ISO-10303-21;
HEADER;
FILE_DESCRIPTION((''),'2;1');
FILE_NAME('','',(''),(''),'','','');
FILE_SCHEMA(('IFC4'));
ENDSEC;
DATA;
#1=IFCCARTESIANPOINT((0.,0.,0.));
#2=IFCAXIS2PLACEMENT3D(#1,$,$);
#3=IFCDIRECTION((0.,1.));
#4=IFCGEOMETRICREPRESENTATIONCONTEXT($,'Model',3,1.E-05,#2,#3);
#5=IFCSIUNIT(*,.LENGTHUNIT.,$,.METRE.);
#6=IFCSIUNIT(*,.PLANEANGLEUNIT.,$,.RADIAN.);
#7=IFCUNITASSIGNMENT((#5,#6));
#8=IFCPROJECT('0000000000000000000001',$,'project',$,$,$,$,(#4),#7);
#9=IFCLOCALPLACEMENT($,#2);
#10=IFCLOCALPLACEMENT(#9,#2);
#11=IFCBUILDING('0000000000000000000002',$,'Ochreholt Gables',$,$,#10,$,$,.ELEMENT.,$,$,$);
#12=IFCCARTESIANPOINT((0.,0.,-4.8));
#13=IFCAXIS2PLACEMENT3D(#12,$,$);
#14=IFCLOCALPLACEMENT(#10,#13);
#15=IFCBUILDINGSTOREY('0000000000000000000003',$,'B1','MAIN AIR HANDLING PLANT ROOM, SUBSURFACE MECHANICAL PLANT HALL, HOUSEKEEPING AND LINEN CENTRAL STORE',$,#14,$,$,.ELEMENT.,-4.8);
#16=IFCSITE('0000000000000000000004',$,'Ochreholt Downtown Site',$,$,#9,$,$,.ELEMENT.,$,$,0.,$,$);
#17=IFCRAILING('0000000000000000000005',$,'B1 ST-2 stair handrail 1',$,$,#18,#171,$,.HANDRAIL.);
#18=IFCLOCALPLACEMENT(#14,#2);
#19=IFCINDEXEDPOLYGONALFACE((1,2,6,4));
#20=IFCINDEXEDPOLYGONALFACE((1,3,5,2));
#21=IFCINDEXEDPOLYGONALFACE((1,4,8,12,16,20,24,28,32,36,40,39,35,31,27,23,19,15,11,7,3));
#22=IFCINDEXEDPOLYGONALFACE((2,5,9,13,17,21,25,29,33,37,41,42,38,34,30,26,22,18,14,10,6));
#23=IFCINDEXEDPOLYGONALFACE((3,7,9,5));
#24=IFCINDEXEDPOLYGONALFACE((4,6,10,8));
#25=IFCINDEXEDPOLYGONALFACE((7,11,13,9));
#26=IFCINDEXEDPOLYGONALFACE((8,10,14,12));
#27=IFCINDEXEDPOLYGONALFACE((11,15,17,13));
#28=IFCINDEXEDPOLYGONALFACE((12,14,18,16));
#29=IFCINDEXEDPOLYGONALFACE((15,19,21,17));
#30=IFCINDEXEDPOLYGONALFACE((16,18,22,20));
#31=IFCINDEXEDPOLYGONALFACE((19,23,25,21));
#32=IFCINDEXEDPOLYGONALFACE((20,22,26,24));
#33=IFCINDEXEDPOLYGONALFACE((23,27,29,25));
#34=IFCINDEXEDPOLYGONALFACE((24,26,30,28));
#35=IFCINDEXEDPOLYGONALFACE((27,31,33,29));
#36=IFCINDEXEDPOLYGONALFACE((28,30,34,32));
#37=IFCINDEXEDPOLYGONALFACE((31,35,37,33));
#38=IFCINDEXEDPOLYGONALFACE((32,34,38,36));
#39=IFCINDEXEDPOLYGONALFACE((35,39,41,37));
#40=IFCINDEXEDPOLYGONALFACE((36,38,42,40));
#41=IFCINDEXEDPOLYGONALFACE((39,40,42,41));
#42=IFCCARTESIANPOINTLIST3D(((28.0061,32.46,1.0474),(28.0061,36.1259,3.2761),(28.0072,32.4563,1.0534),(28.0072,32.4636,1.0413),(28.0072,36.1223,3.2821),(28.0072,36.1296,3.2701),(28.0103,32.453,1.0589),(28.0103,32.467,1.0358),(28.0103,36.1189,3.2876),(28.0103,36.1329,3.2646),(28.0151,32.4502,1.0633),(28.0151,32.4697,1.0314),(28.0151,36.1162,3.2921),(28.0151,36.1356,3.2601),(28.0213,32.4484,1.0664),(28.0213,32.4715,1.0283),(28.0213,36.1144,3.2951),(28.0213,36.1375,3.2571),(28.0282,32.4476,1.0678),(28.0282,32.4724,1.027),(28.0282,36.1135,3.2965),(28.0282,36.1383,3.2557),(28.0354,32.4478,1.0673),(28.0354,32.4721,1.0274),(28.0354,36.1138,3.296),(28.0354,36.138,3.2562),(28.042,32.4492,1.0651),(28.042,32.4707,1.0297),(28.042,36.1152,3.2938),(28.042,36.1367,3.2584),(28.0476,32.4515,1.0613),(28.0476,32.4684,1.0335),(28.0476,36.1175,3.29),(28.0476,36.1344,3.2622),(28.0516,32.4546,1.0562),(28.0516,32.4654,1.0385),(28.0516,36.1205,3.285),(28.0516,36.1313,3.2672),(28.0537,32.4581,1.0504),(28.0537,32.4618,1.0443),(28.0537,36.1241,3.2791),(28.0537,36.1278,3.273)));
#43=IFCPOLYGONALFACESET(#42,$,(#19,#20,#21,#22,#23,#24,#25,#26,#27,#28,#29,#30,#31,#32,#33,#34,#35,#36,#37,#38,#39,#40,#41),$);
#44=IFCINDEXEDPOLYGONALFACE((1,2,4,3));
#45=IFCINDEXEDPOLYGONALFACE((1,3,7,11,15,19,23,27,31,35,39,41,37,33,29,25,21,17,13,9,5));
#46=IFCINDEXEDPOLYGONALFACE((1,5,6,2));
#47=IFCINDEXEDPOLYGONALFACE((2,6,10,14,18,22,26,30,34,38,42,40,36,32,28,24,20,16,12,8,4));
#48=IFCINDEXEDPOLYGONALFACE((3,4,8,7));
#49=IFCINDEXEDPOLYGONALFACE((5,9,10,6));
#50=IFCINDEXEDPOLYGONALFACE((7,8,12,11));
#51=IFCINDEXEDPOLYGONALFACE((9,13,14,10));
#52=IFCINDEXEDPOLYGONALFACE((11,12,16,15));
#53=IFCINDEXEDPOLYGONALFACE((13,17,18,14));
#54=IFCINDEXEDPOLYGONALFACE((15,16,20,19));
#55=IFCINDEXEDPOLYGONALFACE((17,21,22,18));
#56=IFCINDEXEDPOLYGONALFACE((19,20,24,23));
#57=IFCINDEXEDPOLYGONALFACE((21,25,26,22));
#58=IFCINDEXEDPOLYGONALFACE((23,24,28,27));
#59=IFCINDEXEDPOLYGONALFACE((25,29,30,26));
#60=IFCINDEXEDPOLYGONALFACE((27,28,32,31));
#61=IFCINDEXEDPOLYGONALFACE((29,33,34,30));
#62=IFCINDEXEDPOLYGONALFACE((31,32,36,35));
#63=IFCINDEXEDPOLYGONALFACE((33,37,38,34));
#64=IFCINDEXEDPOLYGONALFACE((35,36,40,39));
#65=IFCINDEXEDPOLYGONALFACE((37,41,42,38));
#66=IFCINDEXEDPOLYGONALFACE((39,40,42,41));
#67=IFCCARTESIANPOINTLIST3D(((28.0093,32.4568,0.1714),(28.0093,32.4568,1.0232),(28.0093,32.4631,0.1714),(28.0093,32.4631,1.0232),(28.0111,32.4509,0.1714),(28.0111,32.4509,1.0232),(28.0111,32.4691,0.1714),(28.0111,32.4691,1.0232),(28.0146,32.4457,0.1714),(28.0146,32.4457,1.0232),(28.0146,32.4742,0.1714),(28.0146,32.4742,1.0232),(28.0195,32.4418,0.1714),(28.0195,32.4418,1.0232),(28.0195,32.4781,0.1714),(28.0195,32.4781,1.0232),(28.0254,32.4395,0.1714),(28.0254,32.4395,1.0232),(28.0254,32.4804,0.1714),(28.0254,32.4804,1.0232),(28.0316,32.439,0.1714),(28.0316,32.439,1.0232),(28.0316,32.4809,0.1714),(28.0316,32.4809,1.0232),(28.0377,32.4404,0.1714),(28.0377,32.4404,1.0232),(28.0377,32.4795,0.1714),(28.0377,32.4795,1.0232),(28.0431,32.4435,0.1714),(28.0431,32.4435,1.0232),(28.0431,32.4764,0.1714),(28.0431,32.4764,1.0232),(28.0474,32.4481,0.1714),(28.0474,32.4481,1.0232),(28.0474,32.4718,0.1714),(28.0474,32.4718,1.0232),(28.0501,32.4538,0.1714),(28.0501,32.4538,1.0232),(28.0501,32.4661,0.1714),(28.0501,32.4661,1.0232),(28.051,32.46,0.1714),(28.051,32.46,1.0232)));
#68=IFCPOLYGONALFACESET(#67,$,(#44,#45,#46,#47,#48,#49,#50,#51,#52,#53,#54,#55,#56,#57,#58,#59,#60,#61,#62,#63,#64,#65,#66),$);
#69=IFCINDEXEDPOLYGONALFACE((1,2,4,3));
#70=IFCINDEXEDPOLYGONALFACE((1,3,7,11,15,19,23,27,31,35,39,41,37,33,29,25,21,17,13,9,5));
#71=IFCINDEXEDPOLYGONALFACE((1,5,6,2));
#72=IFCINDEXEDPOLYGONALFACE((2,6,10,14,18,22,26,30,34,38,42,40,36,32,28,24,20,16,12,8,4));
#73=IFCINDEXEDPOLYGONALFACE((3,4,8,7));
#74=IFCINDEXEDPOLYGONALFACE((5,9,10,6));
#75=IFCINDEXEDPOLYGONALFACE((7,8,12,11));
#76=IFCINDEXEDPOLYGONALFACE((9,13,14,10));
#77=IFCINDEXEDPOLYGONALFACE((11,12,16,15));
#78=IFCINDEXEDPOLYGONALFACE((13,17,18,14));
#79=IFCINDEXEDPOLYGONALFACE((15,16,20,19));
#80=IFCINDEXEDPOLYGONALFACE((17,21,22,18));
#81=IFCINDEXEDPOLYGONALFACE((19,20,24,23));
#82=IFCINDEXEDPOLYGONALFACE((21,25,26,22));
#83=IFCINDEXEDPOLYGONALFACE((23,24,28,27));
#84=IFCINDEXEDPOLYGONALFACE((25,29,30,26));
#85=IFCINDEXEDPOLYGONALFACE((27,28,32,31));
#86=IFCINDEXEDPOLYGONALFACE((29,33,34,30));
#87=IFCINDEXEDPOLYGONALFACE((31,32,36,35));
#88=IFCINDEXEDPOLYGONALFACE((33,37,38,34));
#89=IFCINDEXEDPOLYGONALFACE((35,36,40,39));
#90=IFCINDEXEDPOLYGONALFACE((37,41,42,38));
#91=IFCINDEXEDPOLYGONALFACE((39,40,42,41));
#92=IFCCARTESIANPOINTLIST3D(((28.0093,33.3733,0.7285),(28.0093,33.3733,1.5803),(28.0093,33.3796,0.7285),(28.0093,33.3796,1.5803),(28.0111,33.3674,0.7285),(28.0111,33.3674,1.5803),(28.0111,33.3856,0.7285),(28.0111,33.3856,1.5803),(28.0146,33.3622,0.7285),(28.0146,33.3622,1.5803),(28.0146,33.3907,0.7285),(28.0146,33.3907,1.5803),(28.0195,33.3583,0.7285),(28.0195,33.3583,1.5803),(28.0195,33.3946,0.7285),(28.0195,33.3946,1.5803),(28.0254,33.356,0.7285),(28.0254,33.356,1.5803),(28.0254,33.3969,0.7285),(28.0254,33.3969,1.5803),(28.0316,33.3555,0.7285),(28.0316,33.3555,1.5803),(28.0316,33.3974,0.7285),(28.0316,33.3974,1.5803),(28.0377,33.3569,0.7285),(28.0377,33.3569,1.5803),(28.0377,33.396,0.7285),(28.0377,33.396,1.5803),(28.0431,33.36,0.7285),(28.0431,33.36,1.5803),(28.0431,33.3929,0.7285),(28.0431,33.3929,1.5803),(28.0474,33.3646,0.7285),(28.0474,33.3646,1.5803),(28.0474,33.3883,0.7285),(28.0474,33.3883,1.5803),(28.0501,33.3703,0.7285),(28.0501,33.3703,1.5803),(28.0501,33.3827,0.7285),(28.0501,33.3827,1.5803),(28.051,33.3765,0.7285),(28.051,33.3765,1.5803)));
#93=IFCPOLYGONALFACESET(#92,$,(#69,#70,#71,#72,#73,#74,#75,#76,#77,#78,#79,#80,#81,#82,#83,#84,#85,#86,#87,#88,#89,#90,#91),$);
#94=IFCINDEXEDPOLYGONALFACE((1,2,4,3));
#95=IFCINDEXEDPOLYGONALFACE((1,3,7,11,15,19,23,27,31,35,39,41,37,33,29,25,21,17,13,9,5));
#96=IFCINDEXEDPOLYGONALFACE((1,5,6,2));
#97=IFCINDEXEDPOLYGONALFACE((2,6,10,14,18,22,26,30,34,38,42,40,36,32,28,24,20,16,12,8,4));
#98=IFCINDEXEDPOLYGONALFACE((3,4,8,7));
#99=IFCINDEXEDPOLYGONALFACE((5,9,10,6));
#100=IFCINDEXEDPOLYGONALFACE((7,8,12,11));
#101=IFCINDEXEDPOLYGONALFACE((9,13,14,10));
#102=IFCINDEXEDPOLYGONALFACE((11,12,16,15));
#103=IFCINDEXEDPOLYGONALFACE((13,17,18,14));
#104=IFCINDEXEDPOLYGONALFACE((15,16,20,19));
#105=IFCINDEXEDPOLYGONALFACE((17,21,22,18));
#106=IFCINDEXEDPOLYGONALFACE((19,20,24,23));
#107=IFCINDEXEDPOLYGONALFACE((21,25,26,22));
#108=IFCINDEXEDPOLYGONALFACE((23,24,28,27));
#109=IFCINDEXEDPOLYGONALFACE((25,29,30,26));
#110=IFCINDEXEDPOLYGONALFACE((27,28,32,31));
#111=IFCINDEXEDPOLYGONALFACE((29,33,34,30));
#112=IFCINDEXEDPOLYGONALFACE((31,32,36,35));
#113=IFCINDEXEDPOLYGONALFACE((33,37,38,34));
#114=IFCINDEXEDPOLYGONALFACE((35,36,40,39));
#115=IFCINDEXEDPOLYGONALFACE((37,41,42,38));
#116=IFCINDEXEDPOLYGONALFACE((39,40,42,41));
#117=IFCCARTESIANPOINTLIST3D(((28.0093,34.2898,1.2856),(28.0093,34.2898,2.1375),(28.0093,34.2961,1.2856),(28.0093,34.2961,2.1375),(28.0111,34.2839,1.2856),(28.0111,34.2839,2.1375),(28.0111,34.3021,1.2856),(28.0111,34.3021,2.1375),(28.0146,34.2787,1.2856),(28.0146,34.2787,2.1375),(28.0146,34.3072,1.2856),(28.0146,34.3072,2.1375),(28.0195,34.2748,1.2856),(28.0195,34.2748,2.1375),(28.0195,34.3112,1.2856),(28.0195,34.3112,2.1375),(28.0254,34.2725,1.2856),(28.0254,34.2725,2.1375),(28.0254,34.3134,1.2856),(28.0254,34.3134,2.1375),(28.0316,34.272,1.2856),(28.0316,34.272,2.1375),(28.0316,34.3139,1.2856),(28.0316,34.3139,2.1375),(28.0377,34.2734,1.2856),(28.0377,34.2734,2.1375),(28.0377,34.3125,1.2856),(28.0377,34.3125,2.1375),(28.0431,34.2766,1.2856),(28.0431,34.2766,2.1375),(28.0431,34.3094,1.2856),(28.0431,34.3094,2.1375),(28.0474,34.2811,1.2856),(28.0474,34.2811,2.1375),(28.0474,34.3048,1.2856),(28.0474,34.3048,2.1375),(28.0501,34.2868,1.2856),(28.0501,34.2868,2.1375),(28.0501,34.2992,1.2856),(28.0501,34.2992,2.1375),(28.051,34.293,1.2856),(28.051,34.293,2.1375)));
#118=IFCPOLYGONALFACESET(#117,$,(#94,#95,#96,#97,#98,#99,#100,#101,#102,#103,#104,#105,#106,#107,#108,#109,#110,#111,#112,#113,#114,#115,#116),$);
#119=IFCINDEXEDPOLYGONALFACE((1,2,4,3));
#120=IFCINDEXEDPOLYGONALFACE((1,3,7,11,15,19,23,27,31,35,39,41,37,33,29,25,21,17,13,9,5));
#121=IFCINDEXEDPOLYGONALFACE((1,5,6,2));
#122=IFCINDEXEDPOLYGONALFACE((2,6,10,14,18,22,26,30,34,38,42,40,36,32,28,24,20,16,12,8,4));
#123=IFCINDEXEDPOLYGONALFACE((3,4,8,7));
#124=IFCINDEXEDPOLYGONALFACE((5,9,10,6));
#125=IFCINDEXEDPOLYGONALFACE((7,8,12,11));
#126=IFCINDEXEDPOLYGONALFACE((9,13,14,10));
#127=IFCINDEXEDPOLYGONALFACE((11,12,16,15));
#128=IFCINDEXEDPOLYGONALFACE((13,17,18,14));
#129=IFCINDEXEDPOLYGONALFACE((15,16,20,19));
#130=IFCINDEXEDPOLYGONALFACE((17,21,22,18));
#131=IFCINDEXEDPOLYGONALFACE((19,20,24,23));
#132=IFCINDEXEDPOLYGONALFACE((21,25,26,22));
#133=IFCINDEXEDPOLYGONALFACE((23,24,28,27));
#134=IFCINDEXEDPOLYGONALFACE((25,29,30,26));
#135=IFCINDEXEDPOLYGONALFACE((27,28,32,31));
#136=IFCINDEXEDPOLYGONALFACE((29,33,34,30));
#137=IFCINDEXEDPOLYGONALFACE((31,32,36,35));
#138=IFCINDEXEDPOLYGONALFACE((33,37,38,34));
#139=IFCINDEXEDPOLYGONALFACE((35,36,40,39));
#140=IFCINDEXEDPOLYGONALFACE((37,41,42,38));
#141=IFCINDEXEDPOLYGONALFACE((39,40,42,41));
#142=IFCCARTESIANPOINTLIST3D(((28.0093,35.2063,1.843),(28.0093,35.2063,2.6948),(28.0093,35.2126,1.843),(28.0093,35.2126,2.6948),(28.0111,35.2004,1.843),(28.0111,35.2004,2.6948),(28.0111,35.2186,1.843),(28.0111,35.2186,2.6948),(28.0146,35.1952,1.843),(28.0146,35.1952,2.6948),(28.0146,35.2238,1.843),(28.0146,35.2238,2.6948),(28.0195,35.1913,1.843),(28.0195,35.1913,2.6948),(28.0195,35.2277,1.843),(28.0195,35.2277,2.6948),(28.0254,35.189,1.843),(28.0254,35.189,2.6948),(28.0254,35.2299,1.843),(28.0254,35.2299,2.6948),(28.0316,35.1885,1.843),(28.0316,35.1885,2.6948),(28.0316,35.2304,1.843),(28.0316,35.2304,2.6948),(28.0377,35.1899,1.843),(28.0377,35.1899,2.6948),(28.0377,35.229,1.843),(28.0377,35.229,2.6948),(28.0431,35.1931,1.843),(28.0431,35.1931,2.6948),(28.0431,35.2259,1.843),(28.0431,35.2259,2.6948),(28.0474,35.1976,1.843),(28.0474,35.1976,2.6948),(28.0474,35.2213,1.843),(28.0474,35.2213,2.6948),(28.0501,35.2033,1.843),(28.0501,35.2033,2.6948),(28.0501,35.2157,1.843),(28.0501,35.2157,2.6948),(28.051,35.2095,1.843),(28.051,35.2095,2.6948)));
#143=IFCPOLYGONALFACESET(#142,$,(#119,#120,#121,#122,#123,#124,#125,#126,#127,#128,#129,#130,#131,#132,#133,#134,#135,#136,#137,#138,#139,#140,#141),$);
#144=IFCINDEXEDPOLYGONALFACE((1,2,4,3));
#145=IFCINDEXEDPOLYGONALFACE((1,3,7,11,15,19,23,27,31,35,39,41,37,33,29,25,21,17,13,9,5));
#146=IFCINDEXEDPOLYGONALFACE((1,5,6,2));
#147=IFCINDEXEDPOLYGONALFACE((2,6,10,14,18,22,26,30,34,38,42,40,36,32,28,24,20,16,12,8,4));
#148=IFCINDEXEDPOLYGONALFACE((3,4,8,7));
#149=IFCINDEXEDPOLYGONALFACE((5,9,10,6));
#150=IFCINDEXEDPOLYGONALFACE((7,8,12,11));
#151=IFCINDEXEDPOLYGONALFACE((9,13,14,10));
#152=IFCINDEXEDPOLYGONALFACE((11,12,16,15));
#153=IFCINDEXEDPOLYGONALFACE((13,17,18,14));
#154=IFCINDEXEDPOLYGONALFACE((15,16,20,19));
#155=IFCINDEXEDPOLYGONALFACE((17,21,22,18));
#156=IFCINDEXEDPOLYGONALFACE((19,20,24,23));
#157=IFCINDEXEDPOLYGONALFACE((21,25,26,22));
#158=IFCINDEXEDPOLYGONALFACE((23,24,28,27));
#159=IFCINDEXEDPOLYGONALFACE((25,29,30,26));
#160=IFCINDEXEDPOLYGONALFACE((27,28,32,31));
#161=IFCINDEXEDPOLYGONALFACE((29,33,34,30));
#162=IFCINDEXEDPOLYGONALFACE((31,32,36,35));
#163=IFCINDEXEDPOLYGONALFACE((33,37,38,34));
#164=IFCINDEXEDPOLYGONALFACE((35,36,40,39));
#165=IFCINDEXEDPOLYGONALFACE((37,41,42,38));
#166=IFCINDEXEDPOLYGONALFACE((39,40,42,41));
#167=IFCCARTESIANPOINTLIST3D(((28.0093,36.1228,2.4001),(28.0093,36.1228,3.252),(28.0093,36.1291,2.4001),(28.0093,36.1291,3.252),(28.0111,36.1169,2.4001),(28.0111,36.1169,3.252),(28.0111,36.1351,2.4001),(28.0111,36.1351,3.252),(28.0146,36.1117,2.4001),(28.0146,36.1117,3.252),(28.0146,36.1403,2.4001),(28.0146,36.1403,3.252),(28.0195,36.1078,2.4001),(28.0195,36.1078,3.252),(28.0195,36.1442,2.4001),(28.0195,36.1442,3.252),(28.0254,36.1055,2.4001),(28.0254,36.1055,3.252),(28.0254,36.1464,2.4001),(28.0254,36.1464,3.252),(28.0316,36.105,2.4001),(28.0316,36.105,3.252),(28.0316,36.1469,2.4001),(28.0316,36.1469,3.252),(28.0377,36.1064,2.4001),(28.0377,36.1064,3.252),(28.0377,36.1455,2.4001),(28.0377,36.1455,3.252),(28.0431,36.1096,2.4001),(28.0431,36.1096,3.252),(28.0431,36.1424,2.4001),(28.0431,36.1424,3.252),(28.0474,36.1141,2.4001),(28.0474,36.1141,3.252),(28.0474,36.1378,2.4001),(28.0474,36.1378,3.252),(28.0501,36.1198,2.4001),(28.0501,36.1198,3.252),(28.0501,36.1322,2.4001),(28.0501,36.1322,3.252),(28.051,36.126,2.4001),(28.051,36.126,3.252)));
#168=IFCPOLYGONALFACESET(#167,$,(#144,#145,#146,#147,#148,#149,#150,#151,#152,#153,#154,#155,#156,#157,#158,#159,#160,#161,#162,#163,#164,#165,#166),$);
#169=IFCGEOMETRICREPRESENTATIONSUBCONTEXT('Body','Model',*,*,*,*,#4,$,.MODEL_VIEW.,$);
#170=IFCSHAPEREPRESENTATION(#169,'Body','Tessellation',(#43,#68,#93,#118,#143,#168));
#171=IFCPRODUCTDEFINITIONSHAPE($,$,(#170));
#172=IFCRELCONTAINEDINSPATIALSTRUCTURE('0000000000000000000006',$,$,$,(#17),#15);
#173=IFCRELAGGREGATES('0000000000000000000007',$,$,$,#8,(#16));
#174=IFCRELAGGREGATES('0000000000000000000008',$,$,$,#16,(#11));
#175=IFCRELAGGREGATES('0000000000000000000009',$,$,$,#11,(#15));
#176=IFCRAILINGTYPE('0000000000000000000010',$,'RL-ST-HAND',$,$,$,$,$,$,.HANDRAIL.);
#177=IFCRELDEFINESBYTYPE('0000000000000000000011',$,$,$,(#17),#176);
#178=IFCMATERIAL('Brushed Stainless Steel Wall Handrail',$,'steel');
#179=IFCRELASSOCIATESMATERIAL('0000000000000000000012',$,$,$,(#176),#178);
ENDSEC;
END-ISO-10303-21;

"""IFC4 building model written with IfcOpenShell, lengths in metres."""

from ifc_helpers import new_model, si_unit, direction, frame, origin, origin_2d, place, context, subcontext, project, spatial, circle, extrude, material, type_object, element, save


model = new_model("IFC4")

# Units and contexts
model_context = context("Model", 3, precision=1e-05, world=origin(), true_north=direction((0.0, 1.0)))
body_context = subcontext(model_context, "Body", "Model", "MODEL_VIEW")
ifc_project = project(units=[si_unit("LENGTHUNIT", "METRE"), si_unit("PLANEANGLEUNIT", "RADIAN")], contexts=[model_context])

# Site, building, storey
site_placement = place(None, origin())
site = spatial("IfcSite", under=ifc_project, at=site_placement, Name="Ochreholt Downtown Site", CompositionType="ELEMENT", RefElevation=0.0)
building_placement = place(site_placement, origin())
building = spatial("IfcBuilding", under=site, at=building_placement, Name="Ochreholt Gables", CompositionType="ELEMENT")
storey_placement = place(building_placement, frame((0.0, 0.0, -4.8)))
storey = spatial("IfcBuildingStorey", under=building, at=storey_placement, Name="B1", Description="MAIN AIR HANDLING PLANT ROOM, SUBSURFACE MECHANICAL PLANT HALL, HOUSEKEEPING AND LINEN CENTRAL STORE", CompositionType="ELEMENT", Elevation=-4.8)

# Railing
ifc_material_1 = material(Name="Brushed Stainless Steel Wall Handrail", Category="steel")
railing_type_1 = type_object("IfcRailingType", Name="RL-ST-HAND", PredefinedType="HANDRAIL", material=ifc_material_1)
railing_1_placement = place(storey_placement, frame((28.03, 32.46, 0.1714)))
element("IfcRailing", 1, at=railing_1_placement, inside=storey, type_object=railing_type_1, Name="B1 ST-2 stair handrail 1", PredefinedType="HANDRAIL", context=body_context, shape_type="SweptSolid", body=[
    extrude(circle(Radius=0.0239, at=origin_2d()), frame((0.0, 0.0, 0.876), z_axis=(0.0, 0.854481, 0.519483), x_axis=(-1.0, 0.0, 0.0)), (0.0, 0.0, 1.0), 4.2903),
    extrude(circle(Radius=0.021, at=origin_2d()), origin(), (0.0, 0.0, 1.0), 0.8518),
    extrude(circle(Radius=0.021, at=origin_2d()), frame((0.0, 0.9165, 0.5571)), (0.0, 0.0, 1.0), 0.8518),
    extrude(circle(Radius=0.021, at=origin_2d()), frame((0.0, 1.833, 1.1143)), (0.0, 0.0, 1.0), 0.8518),
    extrude(circle(Radius=0.021, at=origin_2d()), frame((0.0, 2.7495, 1.6716)), (0.0, 0.0, 1.0), 0.8518),
    extrude(circle(Radius=0.021, at=origin_2d()), frame((0.0, 3.666, 2.2288)), (0.0, 0.0, 1.0), 0.8518),
])

save(model, "model.ifc")
